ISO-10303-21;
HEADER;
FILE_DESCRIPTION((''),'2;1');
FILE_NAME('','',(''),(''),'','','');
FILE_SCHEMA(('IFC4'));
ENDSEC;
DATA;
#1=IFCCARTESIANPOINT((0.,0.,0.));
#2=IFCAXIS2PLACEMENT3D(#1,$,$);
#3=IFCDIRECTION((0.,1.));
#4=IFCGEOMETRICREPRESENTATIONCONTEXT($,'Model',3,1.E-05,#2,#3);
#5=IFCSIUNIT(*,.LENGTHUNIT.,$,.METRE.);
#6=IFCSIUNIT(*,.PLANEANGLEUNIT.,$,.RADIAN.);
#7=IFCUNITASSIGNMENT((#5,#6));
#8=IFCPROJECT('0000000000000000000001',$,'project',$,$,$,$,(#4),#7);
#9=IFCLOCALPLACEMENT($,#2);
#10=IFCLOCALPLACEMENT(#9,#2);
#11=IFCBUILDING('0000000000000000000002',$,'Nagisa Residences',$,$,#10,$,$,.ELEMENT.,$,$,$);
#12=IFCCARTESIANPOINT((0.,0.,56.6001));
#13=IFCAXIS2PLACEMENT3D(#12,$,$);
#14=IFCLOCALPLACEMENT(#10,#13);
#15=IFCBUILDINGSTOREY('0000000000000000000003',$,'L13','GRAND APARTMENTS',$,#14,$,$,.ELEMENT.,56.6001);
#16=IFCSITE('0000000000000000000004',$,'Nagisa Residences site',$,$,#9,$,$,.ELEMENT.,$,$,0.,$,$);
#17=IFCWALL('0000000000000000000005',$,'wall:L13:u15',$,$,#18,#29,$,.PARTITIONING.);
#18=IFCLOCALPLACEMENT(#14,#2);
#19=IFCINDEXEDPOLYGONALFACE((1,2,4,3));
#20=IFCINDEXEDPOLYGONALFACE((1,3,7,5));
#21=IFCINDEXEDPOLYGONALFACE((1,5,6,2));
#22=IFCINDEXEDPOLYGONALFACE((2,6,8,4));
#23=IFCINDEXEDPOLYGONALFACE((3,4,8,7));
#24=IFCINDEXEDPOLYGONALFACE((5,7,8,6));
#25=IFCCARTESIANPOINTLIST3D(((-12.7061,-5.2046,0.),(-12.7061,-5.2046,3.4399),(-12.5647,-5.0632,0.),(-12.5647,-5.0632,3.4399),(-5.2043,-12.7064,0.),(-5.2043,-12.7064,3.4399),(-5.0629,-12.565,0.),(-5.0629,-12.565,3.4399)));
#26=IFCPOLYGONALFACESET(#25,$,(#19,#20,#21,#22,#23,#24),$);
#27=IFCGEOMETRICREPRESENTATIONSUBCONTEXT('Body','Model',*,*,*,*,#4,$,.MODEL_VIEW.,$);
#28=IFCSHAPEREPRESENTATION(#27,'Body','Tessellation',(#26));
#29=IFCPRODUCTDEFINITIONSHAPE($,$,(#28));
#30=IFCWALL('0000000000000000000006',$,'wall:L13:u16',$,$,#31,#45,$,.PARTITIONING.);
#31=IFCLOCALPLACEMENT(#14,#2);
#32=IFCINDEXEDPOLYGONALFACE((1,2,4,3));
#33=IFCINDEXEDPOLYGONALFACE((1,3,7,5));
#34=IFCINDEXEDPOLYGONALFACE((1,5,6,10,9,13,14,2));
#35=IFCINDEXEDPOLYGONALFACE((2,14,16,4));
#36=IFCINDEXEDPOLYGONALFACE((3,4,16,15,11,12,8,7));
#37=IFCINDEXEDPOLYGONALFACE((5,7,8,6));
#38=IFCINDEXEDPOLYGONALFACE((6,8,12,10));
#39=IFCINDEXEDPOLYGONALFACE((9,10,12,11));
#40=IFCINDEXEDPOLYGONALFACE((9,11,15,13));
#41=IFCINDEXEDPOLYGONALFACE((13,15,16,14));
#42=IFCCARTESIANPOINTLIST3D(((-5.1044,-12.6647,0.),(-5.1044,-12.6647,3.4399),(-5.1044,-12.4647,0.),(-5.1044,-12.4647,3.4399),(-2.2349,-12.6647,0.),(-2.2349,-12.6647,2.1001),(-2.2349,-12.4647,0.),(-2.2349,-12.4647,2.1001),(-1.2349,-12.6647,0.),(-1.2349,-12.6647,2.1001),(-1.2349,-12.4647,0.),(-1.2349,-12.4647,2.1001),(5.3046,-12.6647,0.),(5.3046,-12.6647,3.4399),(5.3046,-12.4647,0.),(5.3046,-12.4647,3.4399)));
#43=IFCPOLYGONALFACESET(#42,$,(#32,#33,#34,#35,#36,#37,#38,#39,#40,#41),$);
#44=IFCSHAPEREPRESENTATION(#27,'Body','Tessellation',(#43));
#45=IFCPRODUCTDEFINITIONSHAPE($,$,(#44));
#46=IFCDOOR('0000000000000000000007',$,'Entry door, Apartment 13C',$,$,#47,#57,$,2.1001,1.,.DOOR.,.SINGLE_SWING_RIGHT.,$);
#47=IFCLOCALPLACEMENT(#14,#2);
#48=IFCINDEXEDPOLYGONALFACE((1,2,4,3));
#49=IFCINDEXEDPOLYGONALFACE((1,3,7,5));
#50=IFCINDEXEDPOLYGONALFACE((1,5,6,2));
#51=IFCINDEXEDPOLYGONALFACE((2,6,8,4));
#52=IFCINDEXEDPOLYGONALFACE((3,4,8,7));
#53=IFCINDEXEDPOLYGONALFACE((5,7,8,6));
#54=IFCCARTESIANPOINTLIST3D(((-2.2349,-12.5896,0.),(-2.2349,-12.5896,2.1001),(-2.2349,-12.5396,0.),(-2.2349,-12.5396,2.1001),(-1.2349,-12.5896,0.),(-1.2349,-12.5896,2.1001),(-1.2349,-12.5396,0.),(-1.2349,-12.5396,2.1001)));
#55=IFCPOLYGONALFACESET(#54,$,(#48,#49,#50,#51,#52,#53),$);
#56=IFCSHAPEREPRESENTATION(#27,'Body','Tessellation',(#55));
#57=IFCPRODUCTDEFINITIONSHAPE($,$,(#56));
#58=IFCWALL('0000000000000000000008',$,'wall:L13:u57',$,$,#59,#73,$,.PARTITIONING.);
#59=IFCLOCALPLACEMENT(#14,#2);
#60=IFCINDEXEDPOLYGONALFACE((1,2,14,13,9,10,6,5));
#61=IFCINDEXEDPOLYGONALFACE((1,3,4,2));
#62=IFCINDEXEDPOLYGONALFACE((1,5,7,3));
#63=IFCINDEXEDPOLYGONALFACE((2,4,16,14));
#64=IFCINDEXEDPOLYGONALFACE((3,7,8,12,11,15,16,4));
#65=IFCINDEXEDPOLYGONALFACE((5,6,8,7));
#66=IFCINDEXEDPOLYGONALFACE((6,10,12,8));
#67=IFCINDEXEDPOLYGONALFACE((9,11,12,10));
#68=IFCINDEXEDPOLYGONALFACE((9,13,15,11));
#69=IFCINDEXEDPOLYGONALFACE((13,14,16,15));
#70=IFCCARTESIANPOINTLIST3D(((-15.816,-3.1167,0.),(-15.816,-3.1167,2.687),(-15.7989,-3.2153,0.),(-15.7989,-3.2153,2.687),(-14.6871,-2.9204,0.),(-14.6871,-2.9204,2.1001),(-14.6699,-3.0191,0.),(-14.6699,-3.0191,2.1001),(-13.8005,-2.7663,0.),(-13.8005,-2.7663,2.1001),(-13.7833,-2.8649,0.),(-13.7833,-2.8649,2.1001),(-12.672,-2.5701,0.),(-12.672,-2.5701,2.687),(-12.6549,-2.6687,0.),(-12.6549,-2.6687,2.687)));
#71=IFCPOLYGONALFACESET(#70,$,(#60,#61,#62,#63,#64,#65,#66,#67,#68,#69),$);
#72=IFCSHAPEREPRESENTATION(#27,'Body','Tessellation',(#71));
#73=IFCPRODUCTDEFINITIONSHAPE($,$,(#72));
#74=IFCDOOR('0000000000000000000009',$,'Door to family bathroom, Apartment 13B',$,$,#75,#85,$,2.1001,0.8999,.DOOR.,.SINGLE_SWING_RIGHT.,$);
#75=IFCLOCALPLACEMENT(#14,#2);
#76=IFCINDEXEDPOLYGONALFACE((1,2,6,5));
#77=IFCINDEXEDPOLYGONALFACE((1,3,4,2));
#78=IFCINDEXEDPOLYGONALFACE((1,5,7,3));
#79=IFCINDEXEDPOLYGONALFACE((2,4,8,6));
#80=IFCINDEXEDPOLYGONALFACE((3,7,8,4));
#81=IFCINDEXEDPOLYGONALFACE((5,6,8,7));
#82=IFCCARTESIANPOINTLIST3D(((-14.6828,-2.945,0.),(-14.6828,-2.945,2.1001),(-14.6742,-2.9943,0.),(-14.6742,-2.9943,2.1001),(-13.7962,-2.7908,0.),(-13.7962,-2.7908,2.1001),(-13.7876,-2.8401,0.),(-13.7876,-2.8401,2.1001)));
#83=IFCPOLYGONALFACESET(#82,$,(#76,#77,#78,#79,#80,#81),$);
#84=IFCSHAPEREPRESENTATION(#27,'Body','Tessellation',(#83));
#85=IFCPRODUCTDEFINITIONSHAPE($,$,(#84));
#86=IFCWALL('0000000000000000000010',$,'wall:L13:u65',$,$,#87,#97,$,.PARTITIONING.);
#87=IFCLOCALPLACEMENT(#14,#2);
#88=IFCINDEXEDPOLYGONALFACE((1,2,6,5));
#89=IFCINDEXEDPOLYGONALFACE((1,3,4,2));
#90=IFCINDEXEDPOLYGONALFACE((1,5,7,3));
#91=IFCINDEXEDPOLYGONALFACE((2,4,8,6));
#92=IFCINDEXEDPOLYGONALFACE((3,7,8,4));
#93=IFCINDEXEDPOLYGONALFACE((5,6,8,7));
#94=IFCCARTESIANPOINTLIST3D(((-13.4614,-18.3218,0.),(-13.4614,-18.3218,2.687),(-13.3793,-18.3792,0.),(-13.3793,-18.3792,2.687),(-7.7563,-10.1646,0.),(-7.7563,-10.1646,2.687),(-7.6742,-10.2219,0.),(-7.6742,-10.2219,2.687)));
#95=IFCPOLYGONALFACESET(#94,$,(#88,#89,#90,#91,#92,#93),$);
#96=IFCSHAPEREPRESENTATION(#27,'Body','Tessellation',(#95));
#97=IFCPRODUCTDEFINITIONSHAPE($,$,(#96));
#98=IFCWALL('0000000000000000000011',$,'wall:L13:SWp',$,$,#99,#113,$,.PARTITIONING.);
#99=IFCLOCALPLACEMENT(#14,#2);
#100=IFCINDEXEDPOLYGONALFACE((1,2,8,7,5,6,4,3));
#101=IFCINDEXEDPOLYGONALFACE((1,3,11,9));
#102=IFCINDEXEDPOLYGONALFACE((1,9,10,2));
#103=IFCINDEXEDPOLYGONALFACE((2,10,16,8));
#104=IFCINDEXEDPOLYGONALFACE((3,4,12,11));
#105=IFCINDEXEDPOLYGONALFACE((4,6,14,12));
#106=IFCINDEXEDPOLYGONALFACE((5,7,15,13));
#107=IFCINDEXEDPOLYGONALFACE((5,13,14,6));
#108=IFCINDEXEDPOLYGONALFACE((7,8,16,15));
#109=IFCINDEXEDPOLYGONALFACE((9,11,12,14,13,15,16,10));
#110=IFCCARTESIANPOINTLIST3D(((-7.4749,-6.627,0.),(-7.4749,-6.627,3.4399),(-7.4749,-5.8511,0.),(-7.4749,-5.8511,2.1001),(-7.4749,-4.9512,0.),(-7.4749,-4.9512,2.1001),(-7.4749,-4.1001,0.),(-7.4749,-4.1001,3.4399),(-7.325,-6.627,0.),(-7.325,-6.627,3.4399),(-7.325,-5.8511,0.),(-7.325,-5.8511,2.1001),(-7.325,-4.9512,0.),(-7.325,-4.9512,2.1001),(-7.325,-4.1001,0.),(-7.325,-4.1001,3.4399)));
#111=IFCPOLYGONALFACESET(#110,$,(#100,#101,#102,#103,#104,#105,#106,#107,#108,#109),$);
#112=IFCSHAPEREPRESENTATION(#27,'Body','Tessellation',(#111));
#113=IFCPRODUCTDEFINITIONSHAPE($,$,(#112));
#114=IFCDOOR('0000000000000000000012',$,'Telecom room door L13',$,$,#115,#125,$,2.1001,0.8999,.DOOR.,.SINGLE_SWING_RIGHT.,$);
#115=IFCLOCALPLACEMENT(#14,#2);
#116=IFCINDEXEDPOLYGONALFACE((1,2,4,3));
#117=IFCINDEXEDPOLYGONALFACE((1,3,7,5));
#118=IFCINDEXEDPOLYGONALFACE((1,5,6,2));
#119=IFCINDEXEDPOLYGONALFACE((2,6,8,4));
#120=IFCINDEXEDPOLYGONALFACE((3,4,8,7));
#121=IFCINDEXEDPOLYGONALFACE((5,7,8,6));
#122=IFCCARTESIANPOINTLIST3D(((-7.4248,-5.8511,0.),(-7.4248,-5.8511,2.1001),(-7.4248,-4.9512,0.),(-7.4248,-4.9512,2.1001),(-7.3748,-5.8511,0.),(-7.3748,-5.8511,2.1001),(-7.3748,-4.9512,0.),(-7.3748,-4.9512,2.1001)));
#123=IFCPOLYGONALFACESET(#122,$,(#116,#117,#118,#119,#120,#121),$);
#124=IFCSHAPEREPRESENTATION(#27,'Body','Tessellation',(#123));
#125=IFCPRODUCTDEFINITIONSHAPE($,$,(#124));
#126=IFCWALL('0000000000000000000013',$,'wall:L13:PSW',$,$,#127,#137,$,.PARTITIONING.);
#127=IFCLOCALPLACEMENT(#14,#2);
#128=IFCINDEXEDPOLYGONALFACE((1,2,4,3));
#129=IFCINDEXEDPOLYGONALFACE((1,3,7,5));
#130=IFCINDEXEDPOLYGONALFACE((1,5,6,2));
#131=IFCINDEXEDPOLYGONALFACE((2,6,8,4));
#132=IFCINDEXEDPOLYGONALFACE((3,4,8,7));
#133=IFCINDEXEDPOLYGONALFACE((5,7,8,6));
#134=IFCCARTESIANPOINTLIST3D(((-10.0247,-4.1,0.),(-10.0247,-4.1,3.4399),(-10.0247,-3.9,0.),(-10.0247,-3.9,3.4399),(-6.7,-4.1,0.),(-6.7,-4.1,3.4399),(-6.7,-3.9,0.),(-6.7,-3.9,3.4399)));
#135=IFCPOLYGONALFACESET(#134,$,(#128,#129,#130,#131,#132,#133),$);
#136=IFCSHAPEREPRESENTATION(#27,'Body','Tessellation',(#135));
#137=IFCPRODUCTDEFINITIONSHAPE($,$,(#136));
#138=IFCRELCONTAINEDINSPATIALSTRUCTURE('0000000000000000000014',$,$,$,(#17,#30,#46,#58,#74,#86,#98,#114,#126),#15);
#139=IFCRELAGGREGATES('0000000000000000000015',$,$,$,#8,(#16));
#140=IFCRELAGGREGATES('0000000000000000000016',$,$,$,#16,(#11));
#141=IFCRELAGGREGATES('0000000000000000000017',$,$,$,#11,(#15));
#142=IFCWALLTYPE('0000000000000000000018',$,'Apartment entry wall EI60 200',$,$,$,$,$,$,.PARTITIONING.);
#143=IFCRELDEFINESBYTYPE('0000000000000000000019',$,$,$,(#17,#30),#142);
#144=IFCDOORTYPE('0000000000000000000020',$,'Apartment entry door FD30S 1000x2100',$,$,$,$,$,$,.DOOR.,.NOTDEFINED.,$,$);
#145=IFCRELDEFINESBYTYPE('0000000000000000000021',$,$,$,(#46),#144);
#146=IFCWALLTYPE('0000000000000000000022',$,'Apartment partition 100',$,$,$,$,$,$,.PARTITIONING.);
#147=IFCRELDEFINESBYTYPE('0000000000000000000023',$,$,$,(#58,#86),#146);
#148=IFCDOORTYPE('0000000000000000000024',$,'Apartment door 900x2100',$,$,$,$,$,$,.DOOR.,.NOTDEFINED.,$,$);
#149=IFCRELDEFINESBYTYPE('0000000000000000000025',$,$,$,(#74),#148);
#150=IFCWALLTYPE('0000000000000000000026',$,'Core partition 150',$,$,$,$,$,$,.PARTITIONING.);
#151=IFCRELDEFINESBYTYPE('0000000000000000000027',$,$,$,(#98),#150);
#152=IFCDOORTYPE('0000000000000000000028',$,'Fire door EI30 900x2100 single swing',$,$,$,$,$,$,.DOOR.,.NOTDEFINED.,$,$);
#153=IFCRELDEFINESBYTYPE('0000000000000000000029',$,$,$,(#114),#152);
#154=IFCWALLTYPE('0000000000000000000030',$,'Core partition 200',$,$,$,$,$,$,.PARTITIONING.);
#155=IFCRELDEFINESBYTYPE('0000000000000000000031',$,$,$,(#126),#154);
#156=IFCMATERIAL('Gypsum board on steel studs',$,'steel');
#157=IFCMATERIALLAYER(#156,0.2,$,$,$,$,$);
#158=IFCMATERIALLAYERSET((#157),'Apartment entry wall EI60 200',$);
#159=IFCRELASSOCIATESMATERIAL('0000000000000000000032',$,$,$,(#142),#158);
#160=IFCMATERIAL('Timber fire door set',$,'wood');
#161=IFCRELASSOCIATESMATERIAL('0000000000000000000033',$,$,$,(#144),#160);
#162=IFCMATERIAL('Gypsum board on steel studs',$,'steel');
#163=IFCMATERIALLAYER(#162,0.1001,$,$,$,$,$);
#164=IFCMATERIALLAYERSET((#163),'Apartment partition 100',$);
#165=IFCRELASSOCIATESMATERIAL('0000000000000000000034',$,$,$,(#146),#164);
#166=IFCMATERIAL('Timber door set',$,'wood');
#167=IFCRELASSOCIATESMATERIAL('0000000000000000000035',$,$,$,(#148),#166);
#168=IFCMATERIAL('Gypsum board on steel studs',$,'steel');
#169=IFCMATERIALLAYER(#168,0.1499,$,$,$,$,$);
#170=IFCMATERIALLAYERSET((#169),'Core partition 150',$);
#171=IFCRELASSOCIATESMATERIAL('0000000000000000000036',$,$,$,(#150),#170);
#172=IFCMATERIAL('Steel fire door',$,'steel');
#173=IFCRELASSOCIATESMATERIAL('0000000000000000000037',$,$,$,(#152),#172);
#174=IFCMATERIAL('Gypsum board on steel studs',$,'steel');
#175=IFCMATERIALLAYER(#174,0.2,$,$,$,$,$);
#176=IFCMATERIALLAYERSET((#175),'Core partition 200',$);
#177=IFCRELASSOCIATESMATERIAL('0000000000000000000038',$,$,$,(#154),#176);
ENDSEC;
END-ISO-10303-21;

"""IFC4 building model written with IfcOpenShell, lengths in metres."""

from ifc_helpers import new_model, si_unit, direction, frame, frame_2d, origin, place, context, subcontext, project, spatial, rectangle, extrude, material, layer, layer_set, type_object, element, fill, save


model = new_model("IFC4")

# Units and contexts
model_context = context("Model", 3, precision=1e-05, world=origin(), true_north=direction((0.0, 1.0)))
body_context = subcontext(model_context, "Body", "Model", "MODEL_VIEW")
ifc_project = project(units=[si_unit("LENGTHUNIT", "METRE"), si_unit("PLANEANGLEUNIT", "RADIAN")], contexts=[model_context])

# Site, building, storey
site_placement = place(None, origin())
site = spatial("IfcSite", under=ifc_project, at=site_placement, Name="Nagisa Residences site", CompositionType="ELEMENT", RefElevation=0.0)
building_placement = place(site_placement, origin())
building = spatial("IfcBuilding", under=site, at=building_placement, Name="Nagisa Residences", CompositionType="ELEMENT")
storey_placement = place(building_placement, frame((0.0, 0.0, 56.6001)))
storey = spatial("IfcBuildingStorey", under=building, at=storey_placement, Name="L13", Description="GRAND APARTMENTS", CompositionType="ELEMENT", Elevation=56.6001)

# Wall
ifc_material_1 = material(Name="Gypsum board on steel studs", Category="steel")
ifc_layer_1 = layer(ifc_material_1, 0.2)
ifc_layer_set_1 = layer_set([ifc_layer_1], Name="Apartment entry wall EI60 200")
wall_type_1 = type_object("IfcWallType", Name="Apartment entry wall EI60 200", PredefinedType="PARTITIONING", material=ifc_layer_set_1)
wall_1_placement = place(storey_placement, frame((-12.6355, -5.1338, 0.0), z_axis=(0.0, 0.0, 1.0), x_axis=(0.707107, -0.707107, 0.0)))
element("IfcWall", 1, at=wall_1_placement, inside=storey, type_object=wall_type_1, Name="wall:L13:u15", PredefinedType="PARTITIONING", context=body_context, shape_type="SweptSolid", body=[
    extrude(rectangle(XDim=10.6091, YDim=0.2, at=frame_2d((5.3047, 0.0))), origin(), (0.0, 0.0, 1.0), 3.4399),
])

# Walls, openings, doors
wall_2_placement = place(storey_placement, frame((-5.1045, -12.5647, 0.0), z_axis=(0.0, 0.0, 1.0), x_axis=(1.0, 0.0, 0.0)))
wall_2 = element("IfcWall", 2, at=wall_2_placement, inside=storey, type_object=wall_type_1, Name="wall:L13:u16", PredefinedType="PARTITIONING", context=body_context, shape_type="SweptSolid", body=[
    extrude(rectangle(XDim=10.4089, YDim=0.2, at=frame_2d((5.2046, 0.0))), origin(), (0.0, 0.0, 1.0), 3.4399),
])
opening_1_placement = place(wall_2_placement, frame((2.8696, 0.0, 0.0)))
opening_1 = element("IfcOpeningElement", 3, at=opening_1_placement, cuts=wall_2, PredefinedType="OPENING", context=body_context, shape_type="SweptSolid", body=[
    extrude(rectangle(XDim=1.0, YDim=2.1001, at=frame_2d((0.5, 1.05))), frame((0.0, 0.1099, 0.0), z_axis=(0.0, -1.0, 0.0), x_axis=(1.0, 0.0, 0.0)), (0.0, 0.0, 1.0), 0.22),
])
ifc_material_2 = material(Name="Timber fire door set", Category="wood")
door_type_1 = type_object("IfcDoorType", Name="Apartment entry door FD30S 1000x2100", OperationType="NOTDEFINED", PredefinedType="DOOR", material=ifc_material_2)
door_1_placement = place(opening_1_placement, frame((1.0, 0.0, 0.0), x_axis=(-1.0, 0.0, 0.0)))
door_1 = element("IfcDoor", 4, at=door_1_placement, inside=storey, type_object=door_type_1, Name="Entry door, Apartment 13C", OperationType="SINGLE_SWING_RIGHT", OverallHeight=2.1001, OverallWidth=1.0, PredefinedType="DOOR", context=body_context, shape_type="SweptSolid", body=[
    extrude(rectangle(XDim=1.0, YDim=2.1001, at=frame_2d((0.5, 1.05))), frame((0.0, 0.0249, 0.0), z_axis=(0.0, -1.0, 0.0), x_axis=(1.0, 0.0, 0.0)), (0.0, 0.0, 1.0), 0.05),
])
fill(opening_1, door_1)
ifc_material_3 = material(Name="Gypsum board on steel studs", Category="steel")
ifc_layer_2 = layer(ifc_material_3, 0.1001)
ifc_layer_set_2 = layer_set([ifc_layer_2], Name="Apartment partition 100")
wall_type_2 = type_object("IfcWallType", Name="Apartment partition 100", PredefinedType="PARTITIONING", material=ifc_layer_set_2)
wall_3_placement = place(storey_placement, frame((-12.6633, -2.6194, 0.0), z_axis=(0.0, 0.0, 1.0), x_axis=(-0.98522, -0.171293, 0.0)))
wall_3 = element("IfcWall", 5, at=wall_3_placement, inside=storey, type_object=wall_type_2, Name="wall:L13:u57", PredefinedType="PARTITIONING", context=body_context, shape_type="SweptSolid", body=[
    extrude(rectangle(XDim=3.1912, YDim=0.1001, at=frame_2d((1.5957, 0.0))), origin(), (0.0, 0.0, 1.0), 2.687),
])
opening_2_placement = place(wall_3_placement, frame((1.1455, 0.0, 0.0)))
opening_2 = element("IfcOpeningElement", 6, at=opening_2_placement, cuts=wall_3, PredefinedType="OPENING", context=body_context, shape_type="SweptSolid", body=[
    extrude(rectangle(XDim=0.8999, YDim=2.1001, at=frame_2d((0.45, 1.05))), frame((0.0, 0.0601, 0.0), z_axis=(0.0, -1.0, 0.0), x_axis=(1.0, 0.0, 0.0)), (0.0, 0.0, 1.0), 0.1201),
])
ifc_material_4 = material(Name="Timber door set", Category="wood")
door_type_2 = type_object("IfcDoorType", Name="Apartment door 900x2100", OperationType="NOTDEFINED", PredefinedType="DOOR", material=ifc_material_4)
door_2_placement = place(opening_2_placement, origin())
door_2 = element("IfcDoor", 7, at=door_2_placement, inside=storey, type_object=door_type_2, Name="Door to family bathroom, Apartment 13B", OperationType="SINGLE_SWING_RIGHT", OverallHeight=2.1001, OverallWidth=0.8999, PredefinedType="DOOR", context=body_context, shape_type="SweptSolid", body=[
    extrude(rectangle(XDim=0.8999, YDim=2.1001, at=frame_2d((0.45, 1.05))), frame((0.0, 0.0249, 0.0), z_axis=(0.0, -1.0, 0.0), x_axis=(1.0, 0.0, 0.0)), (0.0, 0.0, 1.0), 0.05),
])
fill(opening_2, door_2)

# Wall
wall_4_placement = place(storey_placement, frame((-7.7153, -10.1934, 0.0), z_axis=(0.0, 0.0, 1.0), x_axis=(-0.573127, -0.819467, 0.0)))
element("IfcWall", 8, at=wall_4_placement, inside=storey, type_object=wall_type_2, Name="wall:L13:u65", PredefinedType="PARTITIONING", context=body_context, shape_type="SweptSolid", body=[
    extrude(rectangle(XDim=9.9543, YDim=0.1001, at=frame_2d((4.9771, 0.0))), origin(), (0.0, 0.0, 1.0), 2.687),
])

# Wall, opening, door
ifc_material_5 = material(Name="Gypsum board on steel studs", Category="steel")
ifc_layer_3 = layer(ifc_material_5, 0.1499)
ifc_layer_set_3 = layer_set([ifc_layer_3], Name="Core partition 150")
wall_type_3 = type_object("IfcWallType", Name="Core partition 150", PredefinedType="PARTITIONING", material=ifc_layer_set_3)
wall_5_placement = place(storey_placement, frame((-7.3999, -6.627, 0.0), z_axis=(0.0, 0.0, 1.0), x_axis=(0.0, 1.0, 0.0)))
wall_5 = element("IfcWall", 9, at=wall_5_placement, inside=storey, type_object=wall_type_3, Name="wall:L13:SWp", PredefinedType="PARTITIONING", context=body_context, shape_type="SweptSolid", body=[
    extrude(rectangle(XDim=2.5269, YDim=0.1499, at=frame_2d((1.2634, 0.0))), origin(), (0.0, 0.0, 1.0), 3.4399),
])
opening_3_placement = place(wall_5_placement, frame((0.7759, 0.0, 0.0)))
opening_3 = element("IfcOpeningElement", 10, at=opening_3_placement, cuts=wall_5, PredefinedType="OPENING", context=body_context, shape_type="SweptSolid", body=[
    extrude(rectangle(XDim=0.8999, YDim=2.1001, at=frame_2d((0.45, 1.05))), frame((0.0, 0.085, 0.0), z_axis=(0.0, -1.0, 0.0), x_axis=(1.0, 0.0, 0.0)), (0.0, 0.0, 1.0), 0.1699),
])
ifc_material_6 = material(Name="Steel fire door", Category="steel")
door_type_3 = type_object("IfcDoorType", Name="Fire door EI30 900x2100 single swing", OperationType="NOTDEFINED", PredefinedType="DOOR", material=ifc_material_6)
door_3_placement = place(opening_3_placement, origin())
door_3 = element("IfcDoor", 11, at=door_3_placement, inside=storey, type_object=door_type_3, Name="Telecom room door L13", OperationType="SINGLE_SWING_RIGHT", OverallHeight=2.1001, OverallWidth=0.8999, PredefinedType="DOOR", context=body_context, shape_type="SweptSolid", body=[
    extrude(rectangle(XDim=0.8999, YDim=2.1001, at=frame_2d((0.45, 1.05))), frame((0.0, 0.0249, 0.0), z_axis=(0.0, -1.0, 0.0), x_axis=(1.0, 0.0, 0.0)), (0.0, 0.0, 1.0), 0.05),
])
fill(opening_3, door_3)

# Wall
ifc_material_7 = material(Name="Gypsum board on steel studs", Category="steel")
ifc_layer_4 = layer(ifc_material_7, 0.2)
ifc_layer_set_4 = layer_set([ifc_layer_4], Name="Core partition 200")
wall_type_4 = type_object("IfcWallType", Name="Core partition 200", PredefinedType="PARTITIONING", material=ifc_layer_set_4)
wall_6_placement = place(storey_placement, frame((-10.0247, -4.0, 0.0), z_axis=(0.0, 0.0, 1.0), x_axis=(1.0, 0.0, 0.0)))
element("IfcWall", 12, at=wall_6_placement, inside=storey, type_object=wall_type_4, Name="wall:L13:PSW", PredefinedType="PARTITIONING", context=body_context, shape_type="SweptSolid", body=[
    extrude(rectangle(XDim=3.3247, YDim=0.2, at=frame_2d((1.6624, 0.0))), origin(), (0.0, 0.0, 1.0), 3.4399),
])

save(model, "model.ifc")
